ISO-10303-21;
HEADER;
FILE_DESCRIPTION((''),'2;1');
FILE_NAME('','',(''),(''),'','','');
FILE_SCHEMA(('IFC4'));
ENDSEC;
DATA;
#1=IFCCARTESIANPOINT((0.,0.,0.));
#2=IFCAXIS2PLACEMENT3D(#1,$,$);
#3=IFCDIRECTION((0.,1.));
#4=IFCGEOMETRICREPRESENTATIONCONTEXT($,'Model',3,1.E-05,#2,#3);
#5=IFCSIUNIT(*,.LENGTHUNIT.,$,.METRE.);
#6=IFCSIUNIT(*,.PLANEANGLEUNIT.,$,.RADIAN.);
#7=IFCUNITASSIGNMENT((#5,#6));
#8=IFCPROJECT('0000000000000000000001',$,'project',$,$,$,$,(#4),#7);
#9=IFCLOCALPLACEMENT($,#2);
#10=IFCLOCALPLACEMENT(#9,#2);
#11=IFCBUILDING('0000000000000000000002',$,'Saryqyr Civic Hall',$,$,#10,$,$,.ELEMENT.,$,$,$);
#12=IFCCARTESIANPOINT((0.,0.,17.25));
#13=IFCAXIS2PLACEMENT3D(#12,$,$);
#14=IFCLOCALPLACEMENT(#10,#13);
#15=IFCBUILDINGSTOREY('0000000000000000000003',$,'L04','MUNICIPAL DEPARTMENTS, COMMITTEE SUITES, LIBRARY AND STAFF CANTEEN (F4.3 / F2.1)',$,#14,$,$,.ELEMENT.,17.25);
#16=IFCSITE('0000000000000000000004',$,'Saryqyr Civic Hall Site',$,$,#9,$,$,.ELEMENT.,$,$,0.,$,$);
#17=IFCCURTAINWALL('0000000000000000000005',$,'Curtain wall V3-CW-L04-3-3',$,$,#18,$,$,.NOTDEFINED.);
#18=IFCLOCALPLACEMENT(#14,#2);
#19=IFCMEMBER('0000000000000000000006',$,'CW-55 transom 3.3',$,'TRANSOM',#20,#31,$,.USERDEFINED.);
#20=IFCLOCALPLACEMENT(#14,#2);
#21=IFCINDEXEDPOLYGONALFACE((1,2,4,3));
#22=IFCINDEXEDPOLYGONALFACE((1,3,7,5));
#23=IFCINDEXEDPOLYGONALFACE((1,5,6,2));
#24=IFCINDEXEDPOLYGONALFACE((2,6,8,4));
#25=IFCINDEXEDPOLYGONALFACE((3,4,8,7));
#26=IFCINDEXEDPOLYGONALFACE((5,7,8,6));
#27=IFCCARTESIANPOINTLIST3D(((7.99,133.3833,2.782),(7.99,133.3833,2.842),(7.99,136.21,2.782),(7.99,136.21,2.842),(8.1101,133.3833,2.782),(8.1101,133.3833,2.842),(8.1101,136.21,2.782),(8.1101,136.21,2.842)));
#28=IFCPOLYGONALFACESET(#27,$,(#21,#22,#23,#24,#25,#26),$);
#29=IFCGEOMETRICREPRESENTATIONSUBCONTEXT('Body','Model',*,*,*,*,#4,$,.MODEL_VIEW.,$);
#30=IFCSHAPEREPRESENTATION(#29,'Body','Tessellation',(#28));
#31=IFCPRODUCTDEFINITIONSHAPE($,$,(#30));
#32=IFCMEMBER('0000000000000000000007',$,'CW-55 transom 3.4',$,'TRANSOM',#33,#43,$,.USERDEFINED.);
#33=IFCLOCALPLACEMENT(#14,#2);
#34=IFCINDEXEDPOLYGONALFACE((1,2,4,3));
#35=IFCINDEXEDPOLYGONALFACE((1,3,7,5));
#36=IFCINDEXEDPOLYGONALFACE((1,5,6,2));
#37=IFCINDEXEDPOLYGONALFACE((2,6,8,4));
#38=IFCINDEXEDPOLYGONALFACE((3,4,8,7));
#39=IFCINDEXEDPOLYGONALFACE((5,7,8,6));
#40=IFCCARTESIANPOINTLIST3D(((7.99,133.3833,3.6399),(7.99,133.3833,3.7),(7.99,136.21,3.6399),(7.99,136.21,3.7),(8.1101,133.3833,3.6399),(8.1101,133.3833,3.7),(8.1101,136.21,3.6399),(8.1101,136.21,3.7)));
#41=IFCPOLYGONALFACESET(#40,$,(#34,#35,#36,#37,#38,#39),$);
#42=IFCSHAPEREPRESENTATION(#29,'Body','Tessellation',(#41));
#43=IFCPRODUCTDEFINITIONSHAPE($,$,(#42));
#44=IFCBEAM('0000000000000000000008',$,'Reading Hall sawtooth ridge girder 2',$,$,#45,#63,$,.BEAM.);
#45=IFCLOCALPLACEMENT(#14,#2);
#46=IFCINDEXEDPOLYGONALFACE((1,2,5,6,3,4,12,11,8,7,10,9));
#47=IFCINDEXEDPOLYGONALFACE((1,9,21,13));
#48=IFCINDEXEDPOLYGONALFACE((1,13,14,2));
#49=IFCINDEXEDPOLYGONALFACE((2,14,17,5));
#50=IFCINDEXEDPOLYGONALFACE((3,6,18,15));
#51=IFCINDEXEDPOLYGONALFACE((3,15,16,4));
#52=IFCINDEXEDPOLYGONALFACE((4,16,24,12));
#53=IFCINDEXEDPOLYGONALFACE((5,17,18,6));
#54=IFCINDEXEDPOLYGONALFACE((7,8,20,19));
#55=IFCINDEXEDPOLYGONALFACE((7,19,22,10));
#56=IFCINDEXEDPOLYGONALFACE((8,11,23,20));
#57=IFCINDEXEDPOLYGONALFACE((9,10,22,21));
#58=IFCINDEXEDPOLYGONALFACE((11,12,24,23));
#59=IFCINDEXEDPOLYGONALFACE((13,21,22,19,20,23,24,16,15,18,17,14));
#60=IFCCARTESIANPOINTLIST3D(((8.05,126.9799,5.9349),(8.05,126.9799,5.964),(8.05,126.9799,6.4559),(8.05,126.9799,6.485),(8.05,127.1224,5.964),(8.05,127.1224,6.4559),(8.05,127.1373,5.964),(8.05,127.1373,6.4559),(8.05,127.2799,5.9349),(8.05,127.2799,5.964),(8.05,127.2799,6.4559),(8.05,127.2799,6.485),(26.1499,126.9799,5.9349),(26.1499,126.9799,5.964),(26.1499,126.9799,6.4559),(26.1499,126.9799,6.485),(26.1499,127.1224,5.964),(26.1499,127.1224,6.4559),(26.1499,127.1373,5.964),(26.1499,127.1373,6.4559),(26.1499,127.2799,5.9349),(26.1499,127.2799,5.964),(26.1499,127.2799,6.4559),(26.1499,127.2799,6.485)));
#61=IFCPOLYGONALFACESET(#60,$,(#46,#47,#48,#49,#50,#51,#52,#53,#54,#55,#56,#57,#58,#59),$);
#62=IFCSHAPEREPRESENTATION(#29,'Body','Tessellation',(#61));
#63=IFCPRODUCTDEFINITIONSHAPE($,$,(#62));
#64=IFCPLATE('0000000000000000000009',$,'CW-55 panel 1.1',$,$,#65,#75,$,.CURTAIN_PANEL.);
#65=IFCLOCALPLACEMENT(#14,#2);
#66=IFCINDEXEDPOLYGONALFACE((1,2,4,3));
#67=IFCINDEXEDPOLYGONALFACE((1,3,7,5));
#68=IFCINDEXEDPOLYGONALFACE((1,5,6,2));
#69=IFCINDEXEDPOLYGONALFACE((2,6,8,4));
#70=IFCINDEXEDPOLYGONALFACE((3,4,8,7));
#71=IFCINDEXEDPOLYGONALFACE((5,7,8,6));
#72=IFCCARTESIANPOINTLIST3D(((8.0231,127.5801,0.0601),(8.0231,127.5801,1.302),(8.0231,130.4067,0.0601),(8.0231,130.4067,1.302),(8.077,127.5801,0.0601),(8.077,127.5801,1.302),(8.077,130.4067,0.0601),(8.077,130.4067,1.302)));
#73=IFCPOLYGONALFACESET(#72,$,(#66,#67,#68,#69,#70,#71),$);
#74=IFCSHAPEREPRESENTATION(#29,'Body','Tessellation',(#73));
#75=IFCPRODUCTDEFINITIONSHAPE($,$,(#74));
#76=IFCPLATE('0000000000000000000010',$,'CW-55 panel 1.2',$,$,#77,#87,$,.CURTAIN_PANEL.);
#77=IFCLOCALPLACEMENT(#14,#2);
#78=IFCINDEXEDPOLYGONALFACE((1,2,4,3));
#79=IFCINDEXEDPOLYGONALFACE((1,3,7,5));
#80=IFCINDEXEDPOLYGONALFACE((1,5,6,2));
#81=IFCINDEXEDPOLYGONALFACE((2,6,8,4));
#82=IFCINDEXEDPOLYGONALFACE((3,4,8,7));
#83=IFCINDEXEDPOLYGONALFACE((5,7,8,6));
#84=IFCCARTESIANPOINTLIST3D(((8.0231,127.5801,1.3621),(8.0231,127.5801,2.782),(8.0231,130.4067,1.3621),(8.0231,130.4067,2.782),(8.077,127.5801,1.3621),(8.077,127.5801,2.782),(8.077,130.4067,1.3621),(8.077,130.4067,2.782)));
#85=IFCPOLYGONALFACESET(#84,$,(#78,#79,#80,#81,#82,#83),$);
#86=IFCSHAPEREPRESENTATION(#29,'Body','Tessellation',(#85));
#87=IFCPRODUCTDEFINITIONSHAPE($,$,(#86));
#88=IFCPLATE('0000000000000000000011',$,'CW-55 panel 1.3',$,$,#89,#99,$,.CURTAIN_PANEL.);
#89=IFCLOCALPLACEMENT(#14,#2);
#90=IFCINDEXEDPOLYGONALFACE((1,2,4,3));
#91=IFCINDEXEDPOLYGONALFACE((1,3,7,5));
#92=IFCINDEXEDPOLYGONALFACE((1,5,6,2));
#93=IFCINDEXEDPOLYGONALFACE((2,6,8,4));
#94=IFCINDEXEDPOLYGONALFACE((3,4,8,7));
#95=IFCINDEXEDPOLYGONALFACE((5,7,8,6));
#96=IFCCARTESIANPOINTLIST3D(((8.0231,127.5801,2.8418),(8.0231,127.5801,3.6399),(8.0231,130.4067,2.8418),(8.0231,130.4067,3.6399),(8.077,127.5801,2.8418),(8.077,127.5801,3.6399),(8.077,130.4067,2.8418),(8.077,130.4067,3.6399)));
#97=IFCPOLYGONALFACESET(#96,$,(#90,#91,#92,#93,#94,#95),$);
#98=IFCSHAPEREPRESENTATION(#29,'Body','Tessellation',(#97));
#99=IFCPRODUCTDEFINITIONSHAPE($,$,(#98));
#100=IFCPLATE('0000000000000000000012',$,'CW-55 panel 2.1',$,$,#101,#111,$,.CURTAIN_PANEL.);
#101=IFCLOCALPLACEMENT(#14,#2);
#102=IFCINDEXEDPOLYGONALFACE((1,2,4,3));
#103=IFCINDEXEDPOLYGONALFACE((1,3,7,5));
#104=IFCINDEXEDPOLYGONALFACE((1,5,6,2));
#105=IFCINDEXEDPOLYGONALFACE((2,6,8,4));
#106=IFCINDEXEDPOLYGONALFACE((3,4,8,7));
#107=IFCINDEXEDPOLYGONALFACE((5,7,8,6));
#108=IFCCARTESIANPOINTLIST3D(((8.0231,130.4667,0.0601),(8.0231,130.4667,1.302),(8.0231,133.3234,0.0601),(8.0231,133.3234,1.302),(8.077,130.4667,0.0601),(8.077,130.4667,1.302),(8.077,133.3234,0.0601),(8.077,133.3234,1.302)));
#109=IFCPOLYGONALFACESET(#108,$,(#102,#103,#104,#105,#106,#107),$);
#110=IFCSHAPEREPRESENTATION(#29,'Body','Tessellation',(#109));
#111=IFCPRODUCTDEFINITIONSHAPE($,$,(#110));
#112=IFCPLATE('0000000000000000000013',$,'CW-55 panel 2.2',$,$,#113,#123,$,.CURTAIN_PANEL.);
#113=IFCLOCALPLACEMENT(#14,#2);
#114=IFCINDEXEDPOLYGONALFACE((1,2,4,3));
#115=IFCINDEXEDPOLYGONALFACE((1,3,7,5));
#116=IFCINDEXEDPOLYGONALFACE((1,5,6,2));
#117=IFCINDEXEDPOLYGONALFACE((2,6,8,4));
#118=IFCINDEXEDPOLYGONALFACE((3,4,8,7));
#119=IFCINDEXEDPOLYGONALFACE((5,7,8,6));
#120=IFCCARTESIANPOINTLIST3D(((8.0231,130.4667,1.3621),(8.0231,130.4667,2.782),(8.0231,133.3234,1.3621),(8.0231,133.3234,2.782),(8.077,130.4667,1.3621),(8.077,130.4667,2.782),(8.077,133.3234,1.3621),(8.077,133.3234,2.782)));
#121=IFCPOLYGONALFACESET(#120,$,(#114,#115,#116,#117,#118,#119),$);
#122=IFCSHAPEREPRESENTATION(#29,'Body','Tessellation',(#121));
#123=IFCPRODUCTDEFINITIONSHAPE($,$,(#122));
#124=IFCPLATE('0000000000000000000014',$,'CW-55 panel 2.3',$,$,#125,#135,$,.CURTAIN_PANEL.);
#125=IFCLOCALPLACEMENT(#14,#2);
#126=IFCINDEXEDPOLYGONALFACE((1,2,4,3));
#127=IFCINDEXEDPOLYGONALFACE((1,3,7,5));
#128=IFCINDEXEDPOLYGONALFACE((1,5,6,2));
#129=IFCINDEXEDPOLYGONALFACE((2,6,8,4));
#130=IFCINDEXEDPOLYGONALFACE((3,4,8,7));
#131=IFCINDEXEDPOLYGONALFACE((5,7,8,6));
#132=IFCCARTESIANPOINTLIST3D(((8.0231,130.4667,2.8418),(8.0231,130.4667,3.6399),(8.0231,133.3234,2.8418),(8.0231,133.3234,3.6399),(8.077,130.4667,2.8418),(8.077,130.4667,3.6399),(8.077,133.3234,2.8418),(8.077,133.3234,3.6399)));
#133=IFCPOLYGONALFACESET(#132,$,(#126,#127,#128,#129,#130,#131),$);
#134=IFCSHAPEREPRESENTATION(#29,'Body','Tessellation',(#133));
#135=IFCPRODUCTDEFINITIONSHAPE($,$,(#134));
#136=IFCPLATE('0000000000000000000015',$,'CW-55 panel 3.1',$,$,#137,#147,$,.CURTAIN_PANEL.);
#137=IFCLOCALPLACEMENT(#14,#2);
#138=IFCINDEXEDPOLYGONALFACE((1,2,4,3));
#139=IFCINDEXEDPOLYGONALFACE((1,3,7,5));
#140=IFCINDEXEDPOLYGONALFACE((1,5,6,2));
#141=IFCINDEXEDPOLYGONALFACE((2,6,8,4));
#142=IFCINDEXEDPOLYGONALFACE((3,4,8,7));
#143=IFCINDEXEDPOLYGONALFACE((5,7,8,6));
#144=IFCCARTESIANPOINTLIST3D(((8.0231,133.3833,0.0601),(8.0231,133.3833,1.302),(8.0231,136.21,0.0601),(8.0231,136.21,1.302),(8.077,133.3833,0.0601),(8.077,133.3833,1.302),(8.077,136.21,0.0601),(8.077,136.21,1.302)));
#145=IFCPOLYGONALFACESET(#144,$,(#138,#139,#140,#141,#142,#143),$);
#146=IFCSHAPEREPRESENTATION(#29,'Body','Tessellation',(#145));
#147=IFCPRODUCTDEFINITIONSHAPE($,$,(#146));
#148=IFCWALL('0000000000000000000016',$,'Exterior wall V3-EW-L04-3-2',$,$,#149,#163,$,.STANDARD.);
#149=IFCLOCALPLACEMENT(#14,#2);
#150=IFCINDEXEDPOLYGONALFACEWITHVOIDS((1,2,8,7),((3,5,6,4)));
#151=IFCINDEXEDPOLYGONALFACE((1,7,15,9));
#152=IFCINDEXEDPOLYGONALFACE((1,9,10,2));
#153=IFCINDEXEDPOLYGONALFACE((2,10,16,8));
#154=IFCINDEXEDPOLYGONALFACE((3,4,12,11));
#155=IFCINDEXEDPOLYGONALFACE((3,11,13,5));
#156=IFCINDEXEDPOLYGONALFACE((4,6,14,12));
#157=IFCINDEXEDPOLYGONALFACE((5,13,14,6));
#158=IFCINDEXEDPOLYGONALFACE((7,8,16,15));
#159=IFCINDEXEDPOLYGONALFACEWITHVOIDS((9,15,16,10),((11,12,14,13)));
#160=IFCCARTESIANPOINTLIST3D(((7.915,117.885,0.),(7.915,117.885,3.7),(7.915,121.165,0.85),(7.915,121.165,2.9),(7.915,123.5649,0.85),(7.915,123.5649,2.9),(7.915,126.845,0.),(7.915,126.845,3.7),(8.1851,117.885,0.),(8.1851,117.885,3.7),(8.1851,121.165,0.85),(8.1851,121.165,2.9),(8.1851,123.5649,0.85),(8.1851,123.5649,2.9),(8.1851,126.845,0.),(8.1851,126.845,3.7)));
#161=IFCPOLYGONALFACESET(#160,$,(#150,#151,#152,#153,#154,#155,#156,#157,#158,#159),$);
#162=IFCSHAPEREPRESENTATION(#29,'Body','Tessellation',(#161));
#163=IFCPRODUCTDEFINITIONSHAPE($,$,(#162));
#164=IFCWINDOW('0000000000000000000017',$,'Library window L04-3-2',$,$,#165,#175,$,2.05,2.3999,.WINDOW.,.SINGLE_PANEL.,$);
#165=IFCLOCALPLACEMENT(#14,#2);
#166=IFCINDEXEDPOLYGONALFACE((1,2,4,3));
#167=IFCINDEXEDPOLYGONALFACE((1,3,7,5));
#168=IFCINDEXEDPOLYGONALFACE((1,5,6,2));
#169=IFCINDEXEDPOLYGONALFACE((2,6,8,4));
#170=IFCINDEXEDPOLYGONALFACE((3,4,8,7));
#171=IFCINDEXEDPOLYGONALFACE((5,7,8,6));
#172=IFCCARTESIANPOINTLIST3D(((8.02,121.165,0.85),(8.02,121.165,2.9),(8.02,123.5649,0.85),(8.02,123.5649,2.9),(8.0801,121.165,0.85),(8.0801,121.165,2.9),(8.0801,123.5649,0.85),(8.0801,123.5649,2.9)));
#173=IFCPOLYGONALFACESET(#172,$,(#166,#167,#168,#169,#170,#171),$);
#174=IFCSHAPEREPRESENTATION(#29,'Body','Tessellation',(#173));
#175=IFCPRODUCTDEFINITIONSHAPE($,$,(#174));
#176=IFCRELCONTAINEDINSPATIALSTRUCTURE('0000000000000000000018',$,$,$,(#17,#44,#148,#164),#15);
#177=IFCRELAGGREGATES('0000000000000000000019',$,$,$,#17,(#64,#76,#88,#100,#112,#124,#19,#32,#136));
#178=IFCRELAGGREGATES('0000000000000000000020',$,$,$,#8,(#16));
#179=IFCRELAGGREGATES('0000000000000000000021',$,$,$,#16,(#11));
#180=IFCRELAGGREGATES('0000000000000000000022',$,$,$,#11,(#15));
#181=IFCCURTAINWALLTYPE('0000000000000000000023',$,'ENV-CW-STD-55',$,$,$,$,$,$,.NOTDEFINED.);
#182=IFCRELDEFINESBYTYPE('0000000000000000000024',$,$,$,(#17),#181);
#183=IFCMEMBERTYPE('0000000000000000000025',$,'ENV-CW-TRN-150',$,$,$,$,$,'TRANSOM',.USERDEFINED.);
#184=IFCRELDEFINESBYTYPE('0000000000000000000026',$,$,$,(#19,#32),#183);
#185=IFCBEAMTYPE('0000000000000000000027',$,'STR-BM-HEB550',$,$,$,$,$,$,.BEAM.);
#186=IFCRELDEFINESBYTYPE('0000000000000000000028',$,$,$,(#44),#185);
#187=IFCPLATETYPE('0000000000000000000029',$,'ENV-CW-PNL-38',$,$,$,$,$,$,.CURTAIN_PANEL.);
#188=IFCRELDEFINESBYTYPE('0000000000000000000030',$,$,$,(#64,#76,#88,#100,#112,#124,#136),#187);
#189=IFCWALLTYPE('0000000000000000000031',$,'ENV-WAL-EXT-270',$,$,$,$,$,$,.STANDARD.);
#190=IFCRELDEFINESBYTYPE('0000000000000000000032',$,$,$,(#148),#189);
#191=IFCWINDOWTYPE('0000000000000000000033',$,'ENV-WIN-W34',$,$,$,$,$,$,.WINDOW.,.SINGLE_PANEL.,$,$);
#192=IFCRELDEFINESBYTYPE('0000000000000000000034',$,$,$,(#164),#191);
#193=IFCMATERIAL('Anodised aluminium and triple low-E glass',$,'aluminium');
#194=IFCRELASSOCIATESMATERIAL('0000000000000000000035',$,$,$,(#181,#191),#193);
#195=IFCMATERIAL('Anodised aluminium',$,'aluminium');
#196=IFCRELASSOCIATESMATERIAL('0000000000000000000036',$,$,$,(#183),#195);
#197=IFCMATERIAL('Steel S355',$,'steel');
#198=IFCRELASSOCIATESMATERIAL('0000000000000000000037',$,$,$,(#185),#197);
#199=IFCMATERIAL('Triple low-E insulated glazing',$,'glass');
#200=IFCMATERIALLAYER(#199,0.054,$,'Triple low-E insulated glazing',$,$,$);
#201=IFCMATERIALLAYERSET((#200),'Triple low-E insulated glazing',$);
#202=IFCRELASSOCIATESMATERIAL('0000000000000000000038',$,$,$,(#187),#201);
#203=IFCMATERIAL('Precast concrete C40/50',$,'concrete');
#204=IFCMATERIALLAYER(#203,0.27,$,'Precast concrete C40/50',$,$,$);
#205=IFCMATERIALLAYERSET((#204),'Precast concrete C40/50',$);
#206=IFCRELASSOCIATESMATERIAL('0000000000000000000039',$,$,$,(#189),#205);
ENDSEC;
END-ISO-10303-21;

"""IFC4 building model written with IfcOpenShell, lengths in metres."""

from ifc_helpers import new_model, si_unit, direction, frame, frame_2d, origin, origin_2d, place, context, subcontext, project, spatial, rectangle, i_section, extrude, material, layer, layer_set, material_profile, profile_set, type_object, element, fill, aggregate, save


model = new_model("IFC4")

# Units and contexts
model_context = context("Model", 3, precision=1e-05, world=origin(), true_north=direction((0.0, 1.0)))
body_context = subcontext(model_context, "Body", "Model", "MODEL_VIEW")
ifc_project = project(units=[si_unit("LENGTHUNIT", "METRE"), si_unit("PLANEANGLEUNIT", "RADIAN")], contexts=[model_context])

# Site, building, storey
site_placement = place(None, origin())
site = spatial("IfcSite", under=ifc_project, at=site_placement, Name="Saryqyr Civic Hall Site", CompositionType="ELEMENT", RefElevation=0.0)
building_placement = place(site_placement, origin())
building = spatial("IfcBuilding", under=site, at=building_placement, Name="Saryqyr Civic Hall", CompositionType="ELEMENT")
storey_placement = place(building_placement, frame((0.0, 0.0, 17.25)))
storey = spatial("IfcBuildingStorey", under=building, at=storey_placement, Name="L04", Description="MUNICIPAL DEPARTMENTS, COMMITTEE SUITES, LIBRARY AND STAFF CANTEEN (F4.3 / F2.1)", CompositionType="ELEMENT", Elevation=17.25)

# Curtain wall, members
ifc_material_1 = material(Name="Anodised aluminium and triple low-E glass", Category="aluminium")
curtain_wall_type = type_object("IfcCurtainWallType", Name="ENV-CW-STD-55", PredefinedType="NOTDEFINED", material=ifc_material_1)
curtain_wall_placement = place(storey_placement, origin())
curtain_wall = element("IfcCurtainWall", 1, at=curtain_wall_placement, inside=storey, type_object=curtain_wall_type, Name="Curtain wall V3-CW-L04-3-3", PredefinedType="NOTDEFINED")
ifc_material_2 = material(Name="Anodised aluminium", Category="aluminium")
ifc_material_profile_1 = material_profile(ifc_material_2, rectangle(XDim=0.1201, YDim=0.0601, at=origin_2d()), Name="ALU TRANSOM 120x60")
ifc_profile_set_1 = profile_set([ifc_material_profile_1], Name="Anodised aluminium")
member_type_1 = type_object("IfcMemberType", Name="ENV-CW-TRN-150", ElementType="TRANSOM", PredefinedType="USERDEFINED", material=ifc_profile_set_1)
member_1_placement = place(storey_placement, frame((8.05, 133.3833, 2.812), z_axis=(0.0, 1.0, 0.0), x_axis=(-1.0, 0.0, 0.0)))
member_1 = element("IfcMember", 2, at=member_1_placement, type_object=member_type_1, Name="CW-55 transom 3.3", ObjectType="TRANSOM", PredefinedType="USERDEFINED", context=body_context, shape_type="SweptSolid", body=[
    extrude(rectangle(XDim=0.1201, YDim=0.0601, at=origin_2d()), origin(), (0.0, 0.0, 1.0), 2.8267),
])
member_2_placement = place(storey_placement, frame((8.05, 133.3833, 3.6699), z_axis=(0.0, 1.0, 0.0), x_axis=(-1.0, 0.0, 0.0)))
member_2 = element("IfcMember", 3, at=member_2_placement, type_object=member_type_1, Name="CW-55 transom 3.4", ObjectType="TRANSOM", PredefinedType="USERDEFINED", context=body_context, shape_type="SweptSolid", body=[
    extrude(rectangle(XDim=0.1201, YDim=0.0601, at=origin_2d()), origin(), (0.0, 0.0, 1.0), 2.8267),
])

# Beam
ifc_material_3 = material(Name="Steel S355", Category="steel")
ifc_material_profile_2 = material_profile(ifc_material_3, i_section(OverallWidth=0.3, OverallDepth=0.55, WebThickness=0.0149, FlangeThickness=0.0291, at=origin_2d()), Name="HEB 550")
ifc_profile_set_2 = profile_set([ifc_material_profile_2], Name="Steel S355")
beam_type = type_object("IfcBeamType", Name="STR-BM-HEB550", PredefinedType="BEAM", material=ifc_profile_set_2)
beam_placement = place(storey_placement, frame((8.05, 127.1299, 6.21), z_axis=(1.0, 0.0, 0.0), x_axis=(0.0, 1.0, 0.0)))
element("IfcBeam", 4, at=beam_placement, inside=storey, type_object=beam_type, Name="Reading Hall sawtooth ridge girder 2", PredefinedType="BEAM", context=body_context, shape_type="SweptSolid", body=[
    extrude(i_section(OverallWidth=0.3, OverallDepth=0.55, WebThickness=0.0149, FlangeThickness=0.0291, at=origin_2d()), origin(), (0.0, 0.0, 1.0), 18.0999),
])

# Plates
ifc_material_4 = material(Name="Triple low-E insulated glazing", Category="glass")
ifc_layer_1 = layer(ifc_material_4, 0.054, Name="Triple low-E insulated glazing")
ifc_layer_set_1 = layer_set([ifc_layer_1], Name="Triple low-E insulated glazing")
plate_type = type_object("IfcPlateType", Name="ENV-CW-PNL-38", PredefinedType="CURTAIN_PANEL", material=ifc_layer_set_1)
plate_1_placement = place(storey_placement, frame((8.05, 128.9934, 0.0601), z_axis=(0.0, 0.0, 1.0), x_axis=(0.0, 1.0, 0.0)))
plate_1 = element("IfcPlate", 5, at=plate_1_placement, type_object=plate_type, Name="CW-55 panel 1.1", PredefinedType="CURTAIN_PANEL", context=body_context, shape_type="SweptSolid", body=[
    extrude(rectangle(XDim=2.8267, YDim=0.054, at=origin_2d()), origin(), (0.0, 0.0, 1.0), 1.2419),
])
plate_2_placement = place(storey_placement, frame((8.05, 128.9934, 1.3621), z_axis=(0.0, 0.0, 1.0), x_axis=(0.0, 1.0, 0.0)))
plate_2 = element("IfcPlate", 6, at=plate_2_placement, type_object=plate_type, Name="CW-55 panel 1.2", PredefinedType="CURTAIN_PANEL", context=body_context, shape_type="SweptSolid", body=[
    extrude(rectangle(XDim=2.8267, YDim=0.054, at=origin_2d()), origin(), (0.0, 0.0, 1.0), 1.4199),
])
plate_3_placement = place(storey_placement, frame((8.05, 128.9934, 2.8418), z_axis=(0.0, 0.0, 1.0), x_axis=(0.0, 1.0, 0.0)))
plate_3 = element("IfcPlate", 7, at=plate_3_placement, type_object=plate_type, Name="CW-55 panel 1.3", PredefinedType="CURTAIN_PANEL", context=body_context, shape_type="SweptSolid", body=[
    extrude(rectangle(XDim=2.8267, YDim=0.054, at=origin_2d()), origin(), (0.0, 0.0, 1.0), 0.7981),
])
plate_4_placement = place(storey_placement, frame((8.05, 131.895, 0.0601), z_axis=(0.0, 0.0, 1.0), x_axis=(0.0, 1.0, 0.0)))
plate_4 = element("IfcPlate", 8, at=plate_4_placement, type_object=plate_type, Name="CW-55 panel 2.1", PredefinedType="CURTAIN_PANEL", context=body_context, shape_type="SweptSolid", body=[
    extrude(rectangle(XDim=2.8567, YDim=0.054, at=origin_2d()), origin(), (0.0, 0.0, 1.0), 1.2419),
])
plate_5_placement = place(storey_placement, frame((8.05, 131.895, 1.3621), z_axis=(0.0, 0.0, 1.0), x_axis=(0.0, 1.0, 0.0)))
plate_5 = element("IfcPlate", 9, at=plate_5_placement, type_object=plate_type, Name="CW-55 panel 2.2", PredefinedType="CURTAIN_PANEL", context=body_context, shape_type="SweptSolid", body=[
    extrude(rectangle(XDim=2.8567, YDim=0.054, at=origin_2d()), origin(), (0.0, 0.0, 1.0), 1.4199),
])
plate_6_placement = place(storey_placement, frame((8.05, 131.895, 2.8418), z_axis=(0.0, 0.0, 1.0), x_axis=(0.0, 1.0, 0.0)))
plate_6 = element("IfcPlate", 10, at=plate_6_placement, type_object=plate_type, Name="CW-55 panel 2.3", PredefinedType="CURTAIN_PANEL", context=body_context, shape_type="SweptSolid", body=[
    extrude(rectangle(XDim=2.8567, YDim=0.054, at=origin_2d()), origin(), (0.0, 0.0, 1.0), 0.7981),
])
plate_7_placement = place(storey_placement, frame((8.05, 134.7966, 0.0601), z_axis=(0.0, 0.0, 1.0), x_axis=(0.0, 1.0, 0.0)))
plate_7 = element("IfcPlate", 11, at=plate_7_placement, type_object=plate_type, Name="CW-55 panel 3.1", PredefinedType="CURTAIN_PANEL", context=body_context, shape_type="SweptSolid", body=[
    extrude(rectangle(XDim=2.8267, YDim=0.054, at=origin_2d()), origin(), (0.0, 0.0, 1.0), 1.2419),
])
aggregate(curtain_wall, [plate_1, plate_2, plate_3, plate_4, plate_5, plate_6, member_1, member_2, plate_7])

# Wall, opening, window
ifc_material_5 = material(Name="Precast concrete C40/50", Category="concrete")
ifc_layer_2 = layer(ifc_material_5, 0.27, Name="Precast concrete C40/50")
ifc_layer_set_2 = layer_set([ifc_layer_2], Name="Precast concrete C40/50")
wall_type = type_object("IfcWallType", Name="ENV-WAL-EXT-270", PredefinedType="STANDARD", material=ifc_layer_set_2)
wall_placement = place(storey_placement, frame((8.05, 117.885, 0.0), z_axis=(0.0, 0.0, 1.0), x_axis=(0.0, 1.0, 0.0)))
wall = element("IfcWall", 12, at=wall_placement, inside=storey, type_object=wall_type, Name="Exterior wall V3-EW-L04-3-2", PredefinedType="STANDARD", context=body_context, shape_type="SweptSolid", body=[
    extrude(rectangle(XDim=8.96, YDim=0.27, at=frame_2d((4.48, 0.0))), origin(), (0.0, 0.0, 1.0), 3.7),
])
opening_placement = place(wall_placement, frame((3.28, 0.0, 0.8501)))
opening = element("IfcOpeningElement", 13, at=opening_placement, cuts=wall, PredefinedType="OPENING", context=body_context, shape_type="SweptSolid", body=[
    extrude(rectangle(XDim=2.3999, YDim=2.05, at=frame_2d((1.2, 1.0249))), frame((0.0, 0.145, 0.0), z_axis=(0.0, -1.0, 0.0), x_axis=(1.0, 0.0, 0.0)), (0.0, 0.0, 1.0), 0.29),
])
window_type = type_object("IfcWindowType", Name="ENV-WIN-W34", PartitioningType="SINGLE_PANEL", PredefinedType="WINDOW", material=ifc_material_1)
window_placement = place(opening_placement, origin())
window = element("IfcWindow", 14, at=window_placement, inside=storey, type_object=window_type, Name="Library window L04-3-2", OverallHeight=2.05, OverallWidth=2.3999, PartitioningType="SINGLE_PANEL", PredefinedType="WINDOW", context=body_context, shape_type="SweptSolid", body=[
    extrude(rectangle(XDim=2.3999, YDim=2.05, at=frame_2d((1.2, 1.0249))), frame((0.0, 0.03, 0.0), z_axis=(0.0, -1.0, 0.0), x_axis=(1.0, 0.0, 0.0)), (0.0, 0.0, 1.0), 0.0601),
])
fill(opening, window)

save(model, "model.ifc")
